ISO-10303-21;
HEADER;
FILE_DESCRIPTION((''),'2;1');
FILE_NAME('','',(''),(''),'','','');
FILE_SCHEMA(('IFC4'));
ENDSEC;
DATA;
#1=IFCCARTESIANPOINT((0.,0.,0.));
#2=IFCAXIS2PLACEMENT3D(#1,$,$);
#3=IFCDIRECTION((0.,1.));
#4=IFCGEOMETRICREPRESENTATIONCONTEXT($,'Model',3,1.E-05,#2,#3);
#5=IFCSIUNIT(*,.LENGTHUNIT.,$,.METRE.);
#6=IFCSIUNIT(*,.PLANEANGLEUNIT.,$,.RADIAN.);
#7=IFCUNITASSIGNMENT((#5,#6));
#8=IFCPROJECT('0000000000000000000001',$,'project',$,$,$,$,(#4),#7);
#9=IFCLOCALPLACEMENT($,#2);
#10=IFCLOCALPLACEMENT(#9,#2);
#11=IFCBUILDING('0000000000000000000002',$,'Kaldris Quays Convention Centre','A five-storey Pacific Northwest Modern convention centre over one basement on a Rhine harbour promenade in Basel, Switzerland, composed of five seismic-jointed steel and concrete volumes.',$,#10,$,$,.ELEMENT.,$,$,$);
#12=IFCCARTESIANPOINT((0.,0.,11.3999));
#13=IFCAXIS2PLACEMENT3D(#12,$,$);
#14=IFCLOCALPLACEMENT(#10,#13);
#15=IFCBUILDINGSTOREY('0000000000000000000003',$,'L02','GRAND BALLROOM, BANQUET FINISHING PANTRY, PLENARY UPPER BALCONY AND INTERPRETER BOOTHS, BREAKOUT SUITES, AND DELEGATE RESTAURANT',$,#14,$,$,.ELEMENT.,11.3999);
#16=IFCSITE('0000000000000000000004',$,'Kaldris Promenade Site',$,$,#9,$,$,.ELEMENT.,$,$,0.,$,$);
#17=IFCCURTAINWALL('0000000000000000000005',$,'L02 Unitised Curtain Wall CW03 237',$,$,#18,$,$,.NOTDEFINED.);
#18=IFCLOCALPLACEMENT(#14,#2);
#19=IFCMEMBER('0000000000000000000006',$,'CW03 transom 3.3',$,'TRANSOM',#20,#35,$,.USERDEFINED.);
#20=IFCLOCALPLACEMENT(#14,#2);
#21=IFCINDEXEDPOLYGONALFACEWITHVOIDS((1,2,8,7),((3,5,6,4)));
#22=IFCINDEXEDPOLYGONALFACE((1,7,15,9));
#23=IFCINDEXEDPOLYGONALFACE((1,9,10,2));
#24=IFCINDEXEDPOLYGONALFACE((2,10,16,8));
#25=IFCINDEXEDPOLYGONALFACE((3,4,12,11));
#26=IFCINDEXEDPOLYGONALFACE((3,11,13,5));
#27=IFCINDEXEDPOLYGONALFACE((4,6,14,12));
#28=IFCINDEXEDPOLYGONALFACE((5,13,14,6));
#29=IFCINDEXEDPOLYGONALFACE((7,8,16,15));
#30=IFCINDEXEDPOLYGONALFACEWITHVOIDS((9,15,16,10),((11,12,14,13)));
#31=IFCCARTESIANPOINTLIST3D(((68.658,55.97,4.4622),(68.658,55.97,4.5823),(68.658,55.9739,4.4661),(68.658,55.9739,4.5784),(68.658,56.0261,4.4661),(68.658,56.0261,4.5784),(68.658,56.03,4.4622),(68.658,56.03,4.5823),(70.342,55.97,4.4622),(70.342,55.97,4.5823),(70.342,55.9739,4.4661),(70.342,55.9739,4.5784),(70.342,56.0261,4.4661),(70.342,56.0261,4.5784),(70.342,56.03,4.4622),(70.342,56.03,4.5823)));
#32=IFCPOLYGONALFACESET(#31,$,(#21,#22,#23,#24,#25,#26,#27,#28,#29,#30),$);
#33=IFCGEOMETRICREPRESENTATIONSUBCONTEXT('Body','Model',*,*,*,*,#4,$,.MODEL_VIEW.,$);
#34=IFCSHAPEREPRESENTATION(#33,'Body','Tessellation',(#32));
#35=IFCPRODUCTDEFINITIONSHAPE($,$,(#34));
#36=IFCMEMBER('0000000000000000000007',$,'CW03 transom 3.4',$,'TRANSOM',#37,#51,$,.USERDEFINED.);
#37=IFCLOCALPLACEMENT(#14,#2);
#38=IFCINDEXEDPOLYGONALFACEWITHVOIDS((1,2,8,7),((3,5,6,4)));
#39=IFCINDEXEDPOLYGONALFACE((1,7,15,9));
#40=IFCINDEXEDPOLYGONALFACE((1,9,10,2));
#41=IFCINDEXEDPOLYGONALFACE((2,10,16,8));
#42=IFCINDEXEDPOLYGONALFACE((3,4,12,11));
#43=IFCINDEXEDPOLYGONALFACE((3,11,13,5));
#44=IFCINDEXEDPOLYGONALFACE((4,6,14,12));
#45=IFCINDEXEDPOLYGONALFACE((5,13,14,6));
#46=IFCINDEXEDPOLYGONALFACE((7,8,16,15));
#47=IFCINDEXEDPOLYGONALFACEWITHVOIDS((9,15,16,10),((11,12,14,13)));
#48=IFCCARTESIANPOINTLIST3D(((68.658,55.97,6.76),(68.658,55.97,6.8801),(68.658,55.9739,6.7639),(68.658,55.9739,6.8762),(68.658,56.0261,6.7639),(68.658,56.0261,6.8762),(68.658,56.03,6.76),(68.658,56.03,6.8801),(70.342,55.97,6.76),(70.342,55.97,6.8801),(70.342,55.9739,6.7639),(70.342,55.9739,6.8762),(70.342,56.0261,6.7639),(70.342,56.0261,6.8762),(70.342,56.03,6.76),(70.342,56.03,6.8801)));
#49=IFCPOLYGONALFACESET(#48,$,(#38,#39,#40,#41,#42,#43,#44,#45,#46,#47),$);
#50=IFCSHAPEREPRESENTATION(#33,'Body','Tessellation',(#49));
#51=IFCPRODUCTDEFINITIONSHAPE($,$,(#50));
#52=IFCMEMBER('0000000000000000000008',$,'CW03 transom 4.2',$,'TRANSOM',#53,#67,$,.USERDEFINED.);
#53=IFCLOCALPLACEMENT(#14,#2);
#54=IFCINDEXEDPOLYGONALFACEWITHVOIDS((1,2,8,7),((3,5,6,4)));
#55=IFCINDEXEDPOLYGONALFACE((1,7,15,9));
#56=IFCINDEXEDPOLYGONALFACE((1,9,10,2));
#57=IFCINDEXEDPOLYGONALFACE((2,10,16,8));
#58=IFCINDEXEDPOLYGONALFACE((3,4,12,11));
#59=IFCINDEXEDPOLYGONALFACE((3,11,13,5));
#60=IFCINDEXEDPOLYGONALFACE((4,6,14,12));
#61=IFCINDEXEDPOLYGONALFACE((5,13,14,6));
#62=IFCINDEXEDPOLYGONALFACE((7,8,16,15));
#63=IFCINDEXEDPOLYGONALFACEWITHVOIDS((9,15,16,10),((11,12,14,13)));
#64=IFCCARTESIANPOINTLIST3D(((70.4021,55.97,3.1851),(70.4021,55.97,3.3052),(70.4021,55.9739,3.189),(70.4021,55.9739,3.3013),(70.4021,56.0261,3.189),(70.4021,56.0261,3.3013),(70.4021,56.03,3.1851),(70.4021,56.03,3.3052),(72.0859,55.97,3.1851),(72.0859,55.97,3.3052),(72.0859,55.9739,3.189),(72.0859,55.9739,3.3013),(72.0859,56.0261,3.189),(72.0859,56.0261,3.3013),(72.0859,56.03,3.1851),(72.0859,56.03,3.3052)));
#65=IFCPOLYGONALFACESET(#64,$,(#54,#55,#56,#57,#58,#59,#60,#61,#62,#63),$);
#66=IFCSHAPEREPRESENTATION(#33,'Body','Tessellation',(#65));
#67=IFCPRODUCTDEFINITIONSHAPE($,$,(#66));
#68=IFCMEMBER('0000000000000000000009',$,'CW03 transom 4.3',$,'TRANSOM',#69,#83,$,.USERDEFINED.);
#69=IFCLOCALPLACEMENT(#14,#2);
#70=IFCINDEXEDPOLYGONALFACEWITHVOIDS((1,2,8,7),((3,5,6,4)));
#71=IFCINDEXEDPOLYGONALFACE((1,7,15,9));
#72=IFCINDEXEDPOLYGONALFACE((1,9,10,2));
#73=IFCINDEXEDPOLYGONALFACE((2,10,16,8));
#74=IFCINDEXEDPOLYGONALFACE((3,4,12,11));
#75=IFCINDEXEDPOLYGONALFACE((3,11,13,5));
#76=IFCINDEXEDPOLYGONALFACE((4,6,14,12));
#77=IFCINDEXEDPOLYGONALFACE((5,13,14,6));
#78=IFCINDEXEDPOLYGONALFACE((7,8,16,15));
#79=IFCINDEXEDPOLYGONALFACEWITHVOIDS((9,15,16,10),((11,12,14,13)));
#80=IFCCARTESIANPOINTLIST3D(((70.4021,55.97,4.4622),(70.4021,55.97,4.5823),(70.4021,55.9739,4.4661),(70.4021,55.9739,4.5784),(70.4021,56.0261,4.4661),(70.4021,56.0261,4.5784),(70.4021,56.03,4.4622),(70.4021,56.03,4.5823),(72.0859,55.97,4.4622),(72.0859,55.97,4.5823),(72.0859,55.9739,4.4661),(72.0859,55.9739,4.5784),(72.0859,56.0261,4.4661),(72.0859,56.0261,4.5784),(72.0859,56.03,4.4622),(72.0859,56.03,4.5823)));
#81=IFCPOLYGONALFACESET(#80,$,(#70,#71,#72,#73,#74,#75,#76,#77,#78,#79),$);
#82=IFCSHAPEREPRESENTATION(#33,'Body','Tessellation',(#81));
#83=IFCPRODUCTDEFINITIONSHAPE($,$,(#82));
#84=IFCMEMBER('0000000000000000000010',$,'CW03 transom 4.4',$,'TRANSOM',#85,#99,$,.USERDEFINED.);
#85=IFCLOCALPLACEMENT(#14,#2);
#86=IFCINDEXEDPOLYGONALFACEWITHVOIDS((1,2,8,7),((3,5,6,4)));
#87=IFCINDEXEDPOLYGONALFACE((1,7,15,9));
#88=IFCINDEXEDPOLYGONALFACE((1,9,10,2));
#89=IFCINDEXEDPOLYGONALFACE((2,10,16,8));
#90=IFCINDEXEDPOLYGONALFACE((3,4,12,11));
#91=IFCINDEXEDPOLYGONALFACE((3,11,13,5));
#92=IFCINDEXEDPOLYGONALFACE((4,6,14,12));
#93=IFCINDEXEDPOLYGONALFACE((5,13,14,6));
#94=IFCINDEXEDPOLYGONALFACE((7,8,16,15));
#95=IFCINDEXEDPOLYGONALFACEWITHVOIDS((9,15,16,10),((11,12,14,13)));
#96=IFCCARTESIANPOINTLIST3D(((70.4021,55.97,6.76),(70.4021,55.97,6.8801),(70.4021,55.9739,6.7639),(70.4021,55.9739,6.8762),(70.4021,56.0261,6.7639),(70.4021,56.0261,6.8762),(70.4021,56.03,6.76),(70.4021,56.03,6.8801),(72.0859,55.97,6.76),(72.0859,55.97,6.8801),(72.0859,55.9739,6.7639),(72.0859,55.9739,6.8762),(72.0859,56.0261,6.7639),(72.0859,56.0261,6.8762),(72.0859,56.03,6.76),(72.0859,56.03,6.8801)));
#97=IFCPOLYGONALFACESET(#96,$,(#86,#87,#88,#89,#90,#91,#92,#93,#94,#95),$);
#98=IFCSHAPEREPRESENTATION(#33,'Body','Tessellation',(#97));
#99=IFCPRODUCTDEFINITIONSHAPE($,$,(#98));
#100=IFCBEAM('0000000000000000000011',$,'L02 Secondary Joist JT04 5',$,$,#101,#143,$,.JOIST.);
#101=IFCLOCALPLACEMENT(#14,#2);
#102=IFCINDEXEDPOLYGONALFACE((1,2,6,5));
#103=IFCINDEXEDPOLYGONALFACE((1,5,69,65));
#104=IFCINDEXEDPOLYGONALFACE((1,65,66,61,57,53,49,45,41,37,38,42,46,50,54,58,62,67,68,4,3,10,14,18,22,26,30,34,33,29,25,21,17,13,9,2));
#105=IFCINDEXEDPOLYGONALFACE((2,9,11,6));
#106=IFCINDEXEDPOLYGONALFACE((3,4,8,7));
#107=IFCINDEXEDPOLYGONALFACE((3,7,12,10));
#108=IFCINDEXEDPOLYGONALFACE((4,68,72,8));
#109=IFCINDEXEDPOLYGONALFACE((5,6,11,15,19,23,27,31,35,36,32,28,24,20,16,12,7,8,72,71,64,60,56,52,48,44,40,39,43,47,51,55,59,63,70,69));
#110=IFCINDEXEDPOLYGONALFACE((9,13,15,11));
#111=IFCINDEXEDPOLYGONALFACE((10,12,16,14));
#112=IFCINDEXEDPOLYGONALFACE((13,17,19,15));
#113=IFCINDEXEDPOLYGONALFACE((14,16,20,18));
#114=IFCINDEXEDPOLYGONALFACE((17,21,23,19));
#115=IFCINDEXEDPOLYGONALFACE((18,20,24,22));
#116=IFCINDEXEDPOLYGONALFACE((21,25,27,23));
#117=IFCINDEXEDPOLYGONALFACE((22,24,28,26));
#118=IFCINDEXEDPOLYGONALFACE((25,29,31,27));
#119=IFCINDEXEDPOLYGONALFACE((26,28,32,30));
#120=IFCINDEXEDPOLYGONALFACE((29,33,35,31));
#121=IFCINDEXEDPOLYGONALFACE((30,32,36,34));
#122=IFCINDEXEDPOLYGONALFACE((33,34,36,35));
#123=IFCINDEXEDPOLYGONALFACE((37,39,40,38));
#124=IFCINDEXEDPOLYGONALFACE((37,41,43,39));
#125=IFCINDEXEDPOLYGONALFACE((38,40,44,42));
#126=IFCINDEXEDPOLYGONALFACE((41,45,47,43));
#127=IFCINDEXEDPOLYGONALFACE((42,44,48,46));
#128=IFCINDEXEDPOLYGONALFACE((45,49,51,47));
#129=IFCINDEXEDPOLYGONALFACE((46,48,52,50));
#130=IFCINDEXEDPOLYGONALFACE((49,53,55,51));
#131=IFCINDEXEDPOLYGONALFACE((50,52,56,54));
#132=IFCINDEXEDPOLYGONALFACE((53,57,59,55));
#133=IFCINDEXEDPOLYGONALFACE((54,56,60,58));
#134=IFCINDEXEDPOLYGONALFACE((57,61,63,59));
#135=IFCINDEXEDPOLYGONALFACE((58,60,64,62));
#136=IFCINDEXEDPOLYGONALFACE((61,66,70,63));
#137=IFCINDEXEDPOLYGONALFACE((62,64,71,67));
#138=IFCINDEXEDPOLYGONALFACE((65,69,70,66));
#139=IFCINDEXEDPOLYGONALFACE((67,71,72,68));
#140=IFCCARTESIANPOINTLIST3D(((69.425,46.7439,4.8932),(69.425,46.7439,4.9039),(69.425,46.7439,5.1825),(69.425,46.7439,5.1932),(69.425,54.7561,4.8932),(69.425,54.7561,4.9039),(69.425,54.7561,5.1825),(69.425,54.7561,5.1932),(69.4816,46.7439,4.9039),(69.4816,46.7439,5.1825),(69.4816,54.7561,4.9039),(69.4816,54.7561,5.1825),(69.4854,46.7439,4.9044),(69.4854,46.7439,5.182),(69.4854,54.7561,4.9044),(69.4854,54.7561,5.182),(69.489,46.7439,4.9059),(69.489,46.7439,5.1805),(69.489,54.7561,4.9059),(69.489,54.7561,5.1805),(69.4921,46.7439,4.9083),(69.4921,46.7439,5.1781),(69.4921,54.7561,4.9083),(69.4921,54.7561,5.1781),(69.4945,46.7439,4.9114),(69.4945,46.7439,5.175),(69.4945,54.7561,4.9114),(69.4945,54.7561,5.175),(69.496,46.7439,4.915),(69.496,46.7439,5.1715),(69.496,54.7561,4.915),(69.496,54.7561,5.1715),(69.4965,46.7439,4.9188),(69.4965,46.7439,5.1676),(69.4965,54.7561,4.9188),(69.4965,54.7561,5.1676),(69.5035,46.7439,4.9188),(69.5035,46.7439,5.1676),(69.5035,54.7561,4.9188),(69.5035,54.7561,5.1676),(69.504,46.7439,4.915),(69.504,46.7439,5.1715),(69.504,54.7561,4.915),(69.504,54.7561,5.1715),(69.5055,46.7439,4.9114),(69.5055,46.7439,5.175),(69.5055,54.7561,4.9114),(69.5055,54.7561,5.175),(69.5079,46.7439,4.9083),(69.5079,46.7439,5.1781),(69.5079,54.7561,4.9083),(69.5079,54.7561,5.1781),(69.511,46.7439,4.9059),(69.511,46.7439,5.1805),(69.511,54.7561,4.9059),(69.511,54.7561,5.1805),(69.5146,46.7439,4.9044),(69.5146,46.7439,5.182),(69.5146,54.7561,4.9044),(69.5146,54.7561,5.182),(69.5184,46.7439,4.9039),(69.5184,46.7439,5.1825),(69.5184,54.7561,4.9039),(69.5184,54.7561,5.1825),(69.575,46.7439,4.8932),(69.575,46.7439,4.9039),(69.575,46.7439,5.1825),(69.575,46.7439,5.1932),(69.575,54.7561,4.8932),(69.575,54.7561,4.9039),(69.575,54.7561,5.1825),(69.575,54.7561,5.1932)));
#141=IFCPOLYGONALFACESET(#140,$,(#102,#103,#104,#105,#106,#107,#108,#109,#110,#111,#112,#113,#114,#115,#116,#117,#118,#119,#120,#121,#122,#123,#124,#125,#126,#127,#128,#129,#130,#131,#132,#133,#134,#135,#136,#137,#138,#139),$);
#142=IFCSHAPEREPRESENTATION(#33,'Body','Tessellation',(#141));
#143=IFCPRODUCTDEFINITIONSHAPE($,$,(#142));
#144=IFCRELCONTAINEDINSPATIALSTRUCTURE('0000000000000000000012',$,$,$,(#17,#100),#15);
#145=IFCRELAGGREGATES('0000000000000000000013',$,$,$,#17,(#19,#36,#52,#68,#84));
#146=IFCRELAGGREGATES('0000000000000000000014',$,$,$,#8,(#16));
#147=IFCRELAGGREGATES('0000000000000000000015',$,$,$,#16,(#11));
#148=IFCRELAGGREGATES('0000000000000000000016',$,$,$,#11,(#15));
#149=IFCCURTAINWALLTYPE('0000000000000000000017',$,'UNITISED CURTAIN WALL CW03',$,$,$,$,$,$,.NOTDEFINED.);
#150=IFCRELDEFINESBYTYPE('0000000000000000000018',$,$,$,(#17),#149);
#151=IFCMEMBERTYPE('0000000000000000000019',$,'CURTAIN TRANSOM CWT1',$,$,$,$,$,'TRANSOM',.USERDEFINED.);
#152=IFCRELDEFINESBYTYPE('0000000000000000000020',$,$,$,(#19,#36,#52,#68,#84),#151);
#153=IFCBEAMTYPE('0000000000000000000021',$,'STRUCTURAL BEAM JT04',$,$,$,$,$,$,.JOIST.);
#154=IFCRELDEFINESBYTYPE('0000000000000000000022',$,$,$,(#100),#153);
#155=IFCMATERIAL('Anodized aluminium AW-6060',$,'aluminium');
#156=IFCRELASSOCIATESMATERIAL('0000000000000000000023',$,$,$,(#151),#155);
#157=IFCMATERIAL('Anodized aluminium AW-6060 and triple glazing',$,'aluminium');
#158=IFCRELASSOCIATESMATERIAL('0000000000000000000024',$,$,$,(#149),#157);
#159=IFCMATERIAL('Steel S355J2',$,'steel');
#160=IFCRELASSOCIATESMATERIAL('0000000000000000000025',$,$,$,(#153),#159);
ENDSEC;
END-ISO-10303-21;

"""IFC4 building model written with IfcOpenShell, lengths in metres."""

from ifc_helpers import new_model, si_unit, direction, frame, origin, origin_2d, place, context, subcontext, project, spatial, hollow_rectangle, i_section, extrude, material, material_profile, profile_set, type_object, element, aggregate, save


model = new_model("IFC4")

# Units and contexts
model_context = context("Model", 3, precision=1e-05, world=origin(), true_north=direction((0.0, 1.0)))
body_context = subcontext(model_context, "Body", "Model", "MODEL_VIEW")
ifc_project = project(units=[si_unit("LENGTHUNIT", "METRE"), si_unit("PLANEANGLEUNIT", "RADIAN")], contexts=[model_context])

# Site, building, storey
site_placement = place(None, origin())
site = spatial("IfcSite", under=ifc_project, at=site_placement, Name="Kaldris Promenade Site", CompositionType="ELEMENT", RefElevation=0.0)
building_placement = place(site_placement, origin())
building = spatial("IfcBuilding", under=site, at=building_placement, Name="Kaldris Quays Convention Centre", Description="A five-storey Pacific Northwest Modern convention centre over one basement on a Rhine harbour promenade in Basel, Switzerland, composed of five seismic-jointed steel and concrete volumes.", CompositionType="ELEMENT")
storey_placement = place(building_placement, frame((0.0, 0.0, 11.3999)))
storey = spatial("IfcBuildingStorey", under=building, at=storey_placement, Name="L02", Description="GRAND BALLROOM, BANQUET FINISHING PANTRY, PLENARY UPPER BALCONY AND INTERPRETER BOOTHS, BREAKOUT SUITES, AND DELEGATE RESTAURANT", CompositionType="ELEMENT", Elevation=11.3999)

# Curtain wall, members
ifc_material_1 = material(Name="Anodized aluminium AW-6060 and triple glazing", Category="aluminium")
ifc_material_2 = material(Name="Anodized aluminium AW-6060", Category="aluminium")
ifc_material_profile_1 = material_profile(ifc_material_2, hollow_rectangle(XDim=0.0601, YDim=0.1201, WallThickness=0.0039, at=origin_2d()), Name="RHS 120x60x4")
ifc_profile_set_1 = profile_set([ifc_material_profile_1], Name="Anodized aluminium AW-6060")
member_type_1 = type_object("IfcMemberType", Name="CURTAIN TRANSOM CWT1", ElementType="TRANSOM", PredefinedType="USERDEFINED", material=ifc_profile_set_1)
curtain_wall_type_1 = type_object("IfcCurtainWallType", Name="UNITISED CURTAIN WALL CW03", PredefinedType="NOTDEFINED", material=ifc_material_1)
curtain_wall_1_placement = place(storey_placement, origin())
curtain_wall_1 = element("IfcCurtainWall", 1, at=curtain_wall_1_placement, inside=storey, type_object=curtain_wall_type_1, Name="L02 Unitised Curtain Wall CW03 237", PredefinedType="NOTDEFINED")
member_1_placement = place(storey_placement, frame((68.658, 56.0, 4.5222), z_axis=(1.0, 0.0, 0.0), x_axis=(0.0, 1.0, 0.0)))
member_1 = element("IfcMember", 2, at=member_1_placement, type_object=member_type_1, Name="CW03 transom 3.3", ObjectType="TRANSOM", PredefinedType="USERDEFINED", context=body_context, shape_type="SweptSolid", body=[
    extrude(hollow_rectangle(XDim=0.0601, YDim=0.1201, WallThickness=0.0039, at=origin_2d()), origin(), (0.0, 0.0, 1.0), 1.6841),
])
member_2_placement = place(storey_placement, frame((68.658, 56.0, 6.8201), z_axis=(1.0, 0.0, 0.0), x_axis=(0.0, 1.0, 0.0)))
member_2 = element("IfcMember", 3, at=member_2_placement, type_object=member_type_1, Name="CW03 transom 3.4", ObjectType="TRANSOM", PredefinedType="USERDEFINED", context=body_context, shape_type="SweptSolid", body=[
    extrude(hollow_rectangle(XDim=0.0601, YDim=0.1201, WallThickness=0.0039, at=origin_2d()), origin(), (0.0, 0.0, 1.0), 1.6841),
])
member_3_placement = place(storey_placement, frame((70.4021, 56.0, 3.2451), z_axis=(1.0, 0.0, 0.0), x_axis=(0.0, 1.0, 0.0)))
member_3 = element("IfcMember", 4, at=member_3_placement, type_object=member_type_1, Name="CW03 transom 4.2", ObjectType="TRANSOM", PredefinedType="USERDEFINED", context=body_context, shape_type="SweptSolid", body=[
    extrude(hollow_rectangle(XDim=0.0601, YDim=0.1201, WallThickness=0.0039, at=origin_2d()), origin(), (0.0, 0.0, 1.0), 1.6838),
])
member_4_placement = place(storey_placement, frame((70.4021, 56.0, 4.5222), z_axis=(1.0, 0.0, 0.0), x_axis=(0.0, 1.0, 0.0)))
member_4 = element("IfcMember", 5, at=member_4_placement, type_object=member_type_1, Name="CW03 transom 4.3", ObjectType="TRANSOM", PredefinedType="USERDEFINED", context=body_context, shape_type="SweptSolid", body=[
    extrude(hollow_rectangle(XDim=0.0601, YDim=0.1201, WallThickness=0.0039, at=origin_2d()), origin(), (0.0, 0.0, 1.0), 1.6838),
])
member_5_placement = place(storey_placement, frame((70.4021, 56.0, 6.8201), z_axis=(1.0, 0.0, 0.0), x_axis=(0.0, 1.0, 0.0)))
member_5 = element("IfcMember", 6, at=member_5_placement, type_object=member_type_1, Name="CW03 transom 4.4", ObjectType="TRANSOM", PredefinedType="USERDEFINED", context=body_context, shape_type="SweptSolid", body=[
    extrude(hollow_rectangle(XDim=0.0601, YDim=0.1201, WallThickness=0.0039, at=origin_2d()), origin(), (0.0, 0.0, 1.0), 1.6838),
])

# Beam
ifc_material_3 = material(Name="Steel S355J2", Category="steel")
ifc_material_profile_2 = material_profile(ifc_material_3, i_section(OverallWidth=0.1499, OverallDepth=0.3, WebThickness=0.0071, FlangeThickness=0.0107, FilletRadius=0.0149, at=origin_2d()), Name="IPE 300")
ifc_profile_set_2 = profile_set([ifc_material_profile_2], Name="Steel S355J2")
beam_type = type_object("IfcBeamType", Name="STRUCTURAL BEAM JT04", PredefinedType="JOIST", material=ifc_profile_set_2)
beam_placement = place(storey_placement, frame((69.5, 46.7439, 5.0432), z_axis=(0.0, 1.0, 0.0), x_axis=(-1.0, 0.0, 0.0)))
element("IfcBeam", 7, at=beam_placement, inside=storey, type_object=beam_type, Name="L02 Secondary Joist JT04 5", PredefinedType="JOIST", context=body_context, shape_type="SweptSolid", body=[
    extrude(i_section(OverallWidth=0.1499, OverallDepth=0.3, WebThickness=0.0071, FlangeThickness=0.0107, FilletRadius=0.0149, at=origin_2d()), origin(), (0.0, 0.0, 1.0), 8.0122),
])

aggregate(curtain_wall_1, [member_1, member_2, member_3, member_4, member_5])

save(model, "model.ifc")
